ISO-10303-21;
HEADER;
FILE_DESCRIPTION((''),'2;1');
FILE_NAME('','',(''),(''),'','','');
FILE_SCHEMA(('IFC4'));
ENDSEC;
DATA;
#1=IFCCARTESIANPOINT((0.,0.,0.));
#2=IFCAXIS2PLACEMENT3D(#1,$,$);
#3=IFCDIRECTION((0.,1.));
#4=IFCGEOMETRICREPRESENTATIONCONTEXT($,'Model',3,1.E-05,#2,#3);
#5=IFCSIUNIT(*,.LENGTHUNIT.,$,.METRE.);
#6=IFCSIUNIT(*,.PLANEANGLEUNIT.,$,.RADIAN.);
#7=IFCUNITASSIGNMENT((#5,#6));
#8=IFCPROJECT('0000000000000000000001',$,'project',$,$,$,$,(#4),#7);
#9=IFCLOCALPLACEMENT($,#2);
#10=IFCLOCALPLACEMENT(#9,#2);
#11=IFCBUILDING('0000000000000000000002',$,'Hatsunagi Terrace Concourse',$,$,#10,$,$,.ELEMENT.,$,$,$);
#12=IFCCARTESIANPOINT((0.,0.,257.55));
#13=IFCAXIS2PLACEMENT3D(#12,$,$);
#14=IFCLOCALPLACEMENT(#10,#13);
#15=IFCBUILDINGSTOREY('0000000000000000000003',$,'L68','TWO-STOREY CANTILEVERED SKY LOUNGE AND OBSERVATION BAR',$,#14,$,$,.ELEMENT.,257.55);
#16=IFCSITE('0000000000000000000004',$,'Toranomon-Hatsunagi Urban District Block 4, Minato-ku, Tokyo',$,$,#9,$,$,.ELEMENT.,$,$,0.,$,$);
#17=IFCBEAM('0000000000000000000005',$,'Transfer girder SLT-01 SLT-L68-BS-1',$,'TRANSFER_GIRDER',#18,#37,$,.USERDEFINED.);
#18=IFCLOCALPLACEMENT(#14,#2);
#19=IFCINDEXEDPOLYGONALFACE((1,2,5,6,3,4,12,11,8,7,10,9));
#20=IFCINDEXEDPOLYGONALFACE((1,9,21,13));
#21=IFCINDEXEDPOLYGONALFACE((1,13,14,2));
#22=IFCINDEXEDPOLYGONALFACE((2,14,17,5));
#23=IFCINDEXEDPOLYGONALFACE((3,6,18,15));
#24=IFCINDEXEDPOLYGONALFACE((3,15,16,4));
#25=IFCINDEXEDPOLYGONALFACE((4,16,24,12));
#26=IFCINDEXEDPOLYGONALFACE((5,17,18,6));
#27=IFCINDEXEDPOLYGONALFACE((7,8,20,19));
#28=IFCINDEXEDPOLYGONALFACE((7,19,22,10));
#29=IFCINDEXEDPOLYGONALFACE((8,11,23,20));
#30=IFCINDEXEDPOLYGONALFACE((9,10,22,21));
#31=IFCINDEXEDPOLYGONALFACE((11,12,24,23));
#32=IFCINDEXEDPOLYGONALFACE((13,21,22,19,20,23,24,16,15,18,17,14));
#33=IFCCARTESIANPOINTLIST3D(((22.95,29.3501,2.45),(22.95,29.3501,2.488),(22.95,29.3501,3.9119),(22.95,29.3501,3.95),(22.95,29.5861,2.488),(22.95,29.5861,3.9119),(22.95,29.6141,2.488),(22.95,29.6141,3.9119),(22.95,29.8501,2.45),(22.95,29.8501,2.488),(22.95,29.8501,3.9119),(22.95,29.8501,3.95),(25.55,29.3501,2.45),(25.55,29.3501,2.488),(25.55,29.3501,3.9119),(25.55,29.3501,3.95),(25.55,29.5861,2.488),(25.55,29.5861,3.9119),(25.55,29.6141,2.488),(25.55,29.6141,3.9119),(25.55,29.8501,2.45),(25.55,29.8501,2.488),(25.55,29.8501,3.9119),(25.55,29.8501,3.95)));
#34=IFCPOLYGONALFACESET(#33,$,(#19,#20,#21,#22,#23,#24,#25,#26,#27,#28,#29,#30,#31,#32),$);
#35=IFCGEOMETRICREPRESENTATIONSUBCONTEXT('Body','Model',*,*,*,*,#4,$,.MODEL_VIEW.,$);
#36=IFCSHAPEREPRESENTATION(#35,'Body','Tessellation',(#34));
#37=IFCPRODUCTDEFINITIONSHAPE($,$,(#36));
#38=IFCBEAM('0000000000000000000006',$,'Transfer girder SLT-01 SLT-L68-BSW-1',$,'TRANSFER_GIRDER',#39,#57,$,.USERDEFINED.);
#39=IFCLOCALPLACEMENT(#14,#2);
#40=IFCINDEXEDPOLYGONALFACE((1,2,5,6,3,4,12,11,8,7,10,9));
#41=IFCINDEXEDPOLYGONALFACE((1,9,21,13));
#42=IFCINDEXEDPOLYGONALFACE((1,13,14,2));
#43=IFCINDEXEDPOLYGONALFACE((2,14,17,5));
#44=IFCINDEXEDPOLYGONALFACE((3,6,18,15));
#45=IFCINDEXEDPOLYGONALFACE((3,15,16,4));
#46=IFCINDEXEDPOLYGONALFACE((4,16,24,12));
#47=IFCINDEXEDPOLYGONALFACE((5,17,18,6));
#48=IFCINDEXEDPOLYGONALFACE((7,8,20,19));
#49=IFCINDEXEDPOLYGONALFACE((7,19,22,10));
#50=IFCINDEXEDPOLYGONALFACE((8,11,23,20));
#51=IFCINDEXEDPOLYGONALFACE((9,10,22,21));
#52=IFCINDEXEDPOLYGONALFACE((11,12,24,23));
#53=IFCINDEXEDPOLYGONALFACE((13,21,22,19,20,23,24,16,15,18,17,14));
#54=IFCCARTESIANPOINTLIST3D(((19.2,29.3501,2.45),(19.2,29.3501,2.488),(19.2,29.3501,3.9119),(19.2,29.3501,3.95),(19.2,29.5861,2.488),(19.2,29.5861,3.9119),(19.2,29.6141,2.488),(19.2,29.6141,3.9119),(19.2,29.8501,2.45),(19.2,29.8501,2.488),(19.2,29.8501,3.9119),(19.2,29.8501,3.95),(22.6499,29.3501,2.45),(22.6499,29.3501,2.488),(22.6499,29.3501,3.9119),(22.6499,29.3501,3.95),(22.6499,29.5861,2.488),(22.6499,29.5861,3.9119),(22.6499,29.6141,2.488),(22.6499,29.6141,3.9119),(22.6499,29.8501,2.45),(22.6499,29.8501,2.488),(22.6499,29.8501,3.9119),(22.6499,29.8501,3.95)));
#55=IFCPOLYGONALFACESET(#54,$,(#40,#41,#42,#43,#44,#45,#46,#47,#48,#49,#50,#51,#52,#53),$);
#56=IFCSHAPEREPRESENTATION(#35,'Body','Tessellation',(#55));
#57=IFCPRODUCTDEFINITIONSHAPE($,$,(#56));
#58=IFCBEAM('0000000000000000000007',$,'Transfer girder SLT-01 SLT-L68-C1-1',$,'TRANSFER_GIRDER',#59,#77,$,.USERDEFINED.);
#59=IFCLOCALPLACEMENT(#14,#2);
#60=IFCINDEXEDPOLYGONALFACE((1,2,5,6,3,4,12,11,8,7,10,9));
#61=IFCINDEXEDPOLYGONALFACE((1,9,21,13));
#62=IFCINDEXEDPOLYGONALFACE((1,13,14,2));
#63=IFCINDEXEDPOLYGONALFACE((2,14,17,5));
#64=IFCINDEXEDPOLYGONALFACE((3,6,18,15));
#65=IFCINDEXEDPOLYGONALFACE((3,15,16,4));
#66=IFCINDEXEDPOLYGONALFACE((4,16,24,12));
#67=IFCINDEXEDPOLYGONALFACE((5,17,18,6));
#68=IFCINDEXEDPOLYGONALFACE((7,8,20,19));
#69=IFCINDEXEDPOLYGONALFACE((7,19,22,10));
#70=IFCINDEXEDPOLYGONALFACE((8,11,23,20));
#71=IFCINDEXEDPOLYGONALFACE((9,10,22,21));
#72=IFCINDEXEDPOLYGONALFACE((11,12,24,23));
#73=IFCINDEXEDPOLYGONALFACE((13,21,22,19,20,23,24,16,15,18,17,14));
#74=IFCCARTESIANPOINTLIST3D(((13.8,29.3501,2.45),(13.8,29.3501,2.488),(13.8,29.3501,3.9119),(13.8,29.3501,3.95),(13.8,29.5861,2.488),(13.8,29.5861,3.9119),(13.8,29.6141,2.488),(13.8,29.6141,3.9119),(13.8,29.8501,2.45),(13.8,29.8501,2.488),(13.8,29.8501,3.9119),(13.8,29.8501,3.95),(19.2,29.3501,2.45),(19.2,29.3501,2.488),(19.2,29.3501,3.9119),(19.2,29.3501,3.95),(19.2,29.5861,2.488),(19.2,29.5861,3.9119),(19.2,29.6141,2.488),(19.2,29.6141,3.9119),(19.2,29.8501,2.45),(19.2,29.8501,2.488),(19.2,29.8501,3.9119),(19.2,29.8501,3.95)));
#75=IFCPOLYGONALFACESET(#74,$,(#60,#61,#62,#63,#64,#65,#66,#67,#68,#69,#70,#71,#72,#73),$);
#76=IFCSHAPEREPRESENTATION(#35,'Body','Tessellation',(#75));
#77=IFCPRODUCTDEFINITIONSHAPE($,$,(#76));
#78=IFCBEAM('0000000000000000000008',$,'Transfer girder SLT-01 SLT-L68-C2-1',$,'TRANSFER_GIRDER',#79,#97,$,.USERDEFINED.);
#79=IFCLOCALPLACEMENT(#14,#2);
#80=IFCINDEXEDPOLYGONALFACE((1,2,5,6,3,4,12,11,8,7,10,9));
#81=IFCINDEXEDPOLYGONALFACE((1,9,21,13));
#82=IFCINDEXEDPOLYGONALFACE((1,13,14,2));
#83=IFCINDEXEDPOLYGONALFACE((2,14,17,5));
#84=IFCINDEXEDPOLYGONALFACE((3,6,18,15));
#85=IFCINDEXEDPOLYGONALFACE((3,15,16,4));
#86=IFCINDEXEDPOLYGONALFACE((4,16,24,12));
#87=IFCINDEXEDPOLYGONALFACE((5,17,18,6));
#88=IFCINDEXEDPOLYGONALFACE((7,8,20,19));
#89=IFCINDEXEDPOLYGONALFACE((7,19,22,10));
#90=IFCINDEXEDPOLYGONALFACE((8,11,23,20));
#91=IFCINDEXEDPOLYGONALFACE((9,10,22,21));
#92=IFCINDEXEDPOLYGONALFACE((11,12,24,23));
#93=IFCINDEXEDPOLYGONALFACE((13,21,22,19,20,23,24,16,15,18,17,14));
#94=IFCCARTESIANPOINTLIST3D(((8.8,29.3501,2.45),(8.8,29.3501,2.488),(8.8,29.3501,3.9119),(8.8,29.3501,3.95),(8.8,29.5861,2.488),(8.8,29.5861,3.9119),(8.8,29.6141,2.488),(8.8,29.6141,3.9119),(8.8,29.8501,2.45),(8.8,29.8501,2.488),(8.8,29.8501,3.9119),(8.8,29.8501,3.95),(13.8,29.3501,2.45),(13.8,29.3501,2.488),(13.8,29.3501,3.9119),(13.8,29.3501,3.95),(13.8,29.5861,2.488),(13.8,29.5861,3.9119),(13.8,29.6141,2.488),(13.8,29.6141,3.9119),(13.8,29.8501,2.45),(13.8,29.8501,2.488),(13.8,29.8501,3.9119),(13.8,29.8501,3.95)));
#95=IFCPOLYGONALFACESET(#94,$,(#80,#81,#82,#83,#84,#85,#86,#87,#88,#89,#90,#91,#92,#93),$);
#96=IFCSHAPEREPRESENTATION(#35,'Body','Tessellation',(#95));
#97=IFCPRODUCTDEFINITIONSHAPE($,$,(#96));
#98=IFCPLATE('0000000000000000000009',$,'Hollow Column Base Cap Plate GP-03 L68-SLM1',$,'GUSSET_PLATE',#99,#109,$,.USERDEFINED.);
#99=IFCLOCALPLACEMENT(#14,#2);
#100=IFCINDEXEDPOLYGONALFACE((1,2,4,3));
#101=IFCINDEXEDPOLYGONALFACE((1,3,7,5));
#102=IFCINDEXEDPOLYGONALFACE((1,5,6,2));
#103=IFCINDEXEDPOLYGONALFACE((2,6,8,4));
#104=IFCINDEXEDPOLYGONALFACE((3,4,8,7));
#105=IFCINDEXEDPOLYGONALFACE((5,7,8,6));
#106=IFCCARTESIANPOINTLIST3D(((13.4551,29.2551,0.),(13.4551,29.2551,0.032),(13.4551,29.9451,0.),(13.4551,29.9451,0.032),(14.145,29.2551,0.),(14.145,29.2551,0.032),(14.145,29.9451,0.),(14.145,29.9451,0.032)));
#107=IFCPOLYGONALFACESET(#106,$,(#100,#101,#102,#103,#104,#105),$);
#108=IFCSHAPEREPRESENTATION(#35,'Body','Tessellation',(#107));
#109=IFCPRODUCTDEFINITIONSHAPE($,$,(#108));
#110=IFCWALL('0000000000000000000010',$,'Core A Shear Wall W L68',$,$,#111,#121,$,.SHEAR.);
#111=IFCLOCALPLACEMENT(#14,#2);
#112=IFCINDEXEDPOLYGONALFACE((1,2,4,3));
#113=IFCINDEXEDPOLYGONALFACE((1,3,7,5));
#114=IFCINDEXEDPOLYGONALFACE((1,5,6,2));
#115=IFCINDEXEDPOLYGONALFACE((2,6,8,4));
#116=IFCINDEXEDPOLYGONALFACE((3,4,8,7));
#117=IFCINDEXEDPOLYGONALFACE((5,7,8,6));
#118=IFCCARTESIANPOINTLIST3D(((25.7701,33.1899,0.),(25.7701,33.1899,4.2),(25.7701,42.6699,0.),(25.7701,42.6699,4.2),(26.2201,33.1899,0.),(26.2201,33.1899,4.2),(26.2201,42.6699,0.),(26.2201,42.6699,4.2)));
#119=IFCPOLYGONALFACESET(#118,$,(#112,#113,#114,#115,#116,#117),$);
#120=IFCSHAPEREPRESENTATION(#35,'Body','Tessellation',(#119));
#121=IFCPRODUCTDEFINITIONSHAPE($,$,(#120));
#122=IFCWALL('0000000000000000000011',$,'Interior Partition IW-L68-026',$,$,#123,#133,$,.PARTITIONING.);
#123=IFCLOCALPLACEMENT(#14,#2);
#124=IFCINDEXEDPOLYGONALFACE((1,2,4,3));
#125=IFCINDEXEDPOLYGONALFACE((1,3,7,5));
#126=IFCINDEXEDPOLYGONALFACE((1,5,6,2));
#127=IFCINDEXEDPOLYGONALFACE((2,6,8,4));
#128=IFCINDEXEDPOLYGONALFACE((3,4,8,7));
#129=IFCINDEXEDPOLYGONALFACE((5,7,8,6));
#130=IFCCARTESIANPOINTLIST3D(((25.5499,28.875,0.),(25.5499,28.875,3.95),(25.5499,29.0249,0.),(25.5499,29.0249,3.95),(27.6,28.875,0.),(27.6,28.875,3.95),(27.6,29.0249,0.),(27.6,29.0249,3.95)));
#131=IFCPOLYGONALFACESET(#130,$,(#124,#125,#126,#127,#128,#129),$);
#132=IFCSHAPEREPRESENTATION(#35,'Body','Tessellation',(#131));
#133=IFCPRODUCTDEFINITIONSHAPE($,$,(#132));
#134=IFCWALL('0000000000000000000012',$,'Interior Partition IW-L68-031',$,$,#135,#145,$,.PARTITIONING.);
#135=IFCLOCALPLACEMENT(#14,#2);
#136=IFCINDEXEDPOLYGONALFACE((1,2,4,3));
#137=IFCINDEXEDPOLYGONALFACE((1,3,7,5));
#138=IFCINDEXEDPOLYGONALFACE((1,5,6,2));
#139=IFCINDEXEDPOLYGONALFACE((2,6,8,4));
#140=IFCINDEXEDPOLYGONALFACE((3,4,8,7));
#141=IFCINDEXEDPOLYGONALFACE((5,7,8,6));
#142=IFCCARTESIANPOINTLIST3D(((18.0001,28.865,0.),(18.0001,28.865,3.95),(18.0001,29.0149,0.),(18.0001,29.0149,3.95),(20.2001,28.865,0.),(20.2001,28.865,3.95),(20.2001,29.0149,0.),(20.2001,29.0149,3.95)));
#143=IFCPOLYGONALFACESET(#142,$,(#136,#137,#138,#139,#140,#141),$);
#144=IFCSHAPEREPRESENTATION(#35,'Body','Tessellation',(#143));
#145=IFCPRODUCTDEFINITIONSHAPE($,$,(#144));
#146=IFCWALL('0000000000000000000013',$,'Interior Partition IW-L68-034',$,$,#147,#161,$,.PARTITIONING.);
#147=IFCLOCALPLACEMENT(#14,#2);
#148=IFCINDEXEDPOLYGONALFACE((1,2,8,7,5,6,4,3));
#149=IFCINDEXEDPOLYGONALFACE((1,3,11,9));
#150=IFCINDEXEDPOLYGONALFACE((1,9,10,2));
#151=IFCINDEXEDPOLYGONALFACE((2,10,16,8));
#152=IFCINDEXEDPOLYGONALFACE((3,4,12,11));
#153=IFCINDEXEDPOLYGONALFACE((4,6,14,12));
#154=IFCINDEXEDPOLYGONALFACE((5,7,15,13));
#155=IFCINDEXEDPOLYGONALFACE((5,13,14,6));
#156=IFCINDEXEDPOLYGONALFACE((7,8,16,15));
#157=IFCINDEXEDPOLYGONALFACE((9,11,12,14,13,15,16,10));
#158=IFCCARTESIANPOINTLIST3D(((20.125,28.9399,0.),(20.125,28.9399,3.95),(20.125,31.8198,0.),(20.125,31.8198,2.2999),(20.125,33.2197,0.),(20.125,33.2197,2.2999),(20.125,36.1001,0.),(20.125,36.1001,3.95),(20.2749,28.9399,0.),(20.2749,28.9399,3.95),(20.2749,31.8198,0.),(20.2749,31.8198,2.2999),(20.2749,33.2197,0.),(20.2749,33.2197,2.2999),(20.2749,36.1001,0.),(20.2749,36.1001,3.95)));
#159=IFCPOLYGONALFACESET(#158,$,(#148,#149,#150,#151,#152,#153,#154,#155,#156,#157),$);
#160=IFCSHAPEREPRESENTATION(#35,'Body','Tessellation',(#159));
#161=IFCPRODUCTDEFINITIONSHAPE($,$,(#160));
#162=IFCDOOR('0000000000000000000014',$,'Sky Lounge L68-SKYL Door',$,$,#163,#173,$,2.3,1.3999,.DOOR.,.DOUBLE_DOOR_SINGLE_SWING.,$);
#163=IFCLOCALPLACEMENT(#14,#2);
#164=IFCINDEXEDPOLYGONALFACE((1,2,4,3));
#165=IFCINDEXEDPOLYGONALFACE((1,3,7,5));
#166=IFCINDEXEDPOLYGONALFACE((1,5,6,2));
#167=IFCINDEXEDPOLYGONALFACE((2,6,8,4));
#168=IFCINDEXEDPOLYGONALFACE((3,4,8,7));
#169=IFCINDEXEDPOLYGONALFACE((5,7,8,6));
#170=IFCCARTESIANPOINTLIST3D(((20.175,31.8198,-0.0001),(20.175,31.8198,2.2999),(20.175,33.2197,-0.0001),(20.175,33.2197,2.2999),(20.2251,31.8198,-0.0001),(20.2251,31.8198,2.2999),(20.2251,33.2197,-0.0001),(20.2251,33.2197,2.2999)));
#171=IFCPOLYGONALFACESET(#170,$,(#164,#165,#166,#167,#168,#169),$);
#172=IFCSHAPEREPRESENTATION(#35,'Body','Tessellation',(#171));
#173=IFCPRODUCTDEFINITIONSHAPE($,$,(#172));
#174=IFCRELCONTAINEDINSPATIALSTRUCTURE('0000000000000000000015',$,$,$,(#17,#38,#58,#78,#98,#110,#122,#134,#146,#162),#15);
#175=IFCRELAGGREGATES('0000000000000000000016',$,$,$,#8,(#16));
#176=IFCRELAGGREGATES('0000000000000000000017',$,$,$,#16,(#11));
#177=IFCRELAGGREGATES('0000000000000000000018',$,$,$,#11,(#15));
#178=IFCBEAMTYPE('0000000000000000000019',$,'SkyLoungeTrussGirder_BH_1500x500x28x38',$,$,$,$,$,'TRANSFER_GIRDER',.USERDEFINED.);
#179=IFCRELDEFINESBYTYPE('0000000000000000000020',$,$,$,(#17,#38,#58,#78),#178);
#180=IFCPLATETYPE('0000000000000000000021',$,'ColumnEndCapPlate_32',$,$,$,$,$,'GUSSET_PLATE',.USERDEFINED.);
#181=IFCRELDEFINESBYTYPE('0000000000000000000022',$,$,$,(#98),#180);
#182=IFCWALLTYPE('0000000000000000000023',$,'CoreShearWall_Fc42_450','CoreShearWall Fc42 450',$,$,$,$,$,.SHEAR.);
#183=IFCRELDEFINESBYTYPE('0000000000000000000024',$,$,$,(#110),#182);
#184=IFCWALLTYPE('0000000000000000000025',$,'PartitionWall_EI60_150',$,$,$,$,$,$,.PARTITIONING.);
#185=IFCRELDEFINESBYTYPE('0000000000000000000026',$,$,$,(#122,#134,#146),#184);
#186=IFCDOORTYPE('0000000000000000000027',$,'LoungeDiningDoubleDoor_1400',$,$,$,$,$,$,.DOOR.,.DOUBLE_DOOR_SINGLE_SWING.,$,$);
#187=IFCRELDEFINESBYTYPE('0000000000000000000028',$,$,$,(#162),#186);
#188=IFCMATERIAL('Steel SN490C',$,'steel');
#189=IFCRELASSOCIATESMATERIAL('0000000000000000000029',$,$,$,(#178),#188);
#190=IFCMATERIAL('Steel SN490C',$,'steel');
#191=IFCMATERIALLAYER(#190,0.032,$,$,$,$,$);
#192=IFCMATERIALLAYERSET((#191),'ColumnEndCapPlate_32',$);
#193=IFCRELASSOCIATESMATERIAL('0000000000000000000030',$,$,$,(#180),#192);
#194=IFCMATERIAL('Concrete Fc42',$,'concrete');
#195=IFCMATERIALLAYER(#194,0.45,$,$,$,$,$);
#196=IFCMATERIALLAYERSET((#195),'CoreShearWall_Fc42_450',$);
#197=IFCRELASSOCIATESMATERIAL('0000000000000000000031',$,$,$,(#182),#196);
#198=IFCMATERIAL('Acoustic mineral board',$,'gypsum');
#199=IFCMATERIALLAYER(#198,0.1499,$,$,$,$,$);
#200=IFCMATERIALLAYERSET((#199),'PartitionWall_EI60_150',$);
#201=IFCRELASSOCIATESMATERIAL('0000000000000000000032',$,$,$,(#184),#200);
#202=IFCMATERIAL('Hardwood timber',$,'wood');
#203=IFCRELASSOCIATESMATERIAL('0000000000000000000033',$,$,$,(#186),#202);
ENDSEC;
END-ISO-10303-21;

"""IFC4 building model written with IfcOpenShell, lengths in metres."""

from ifc_helpers import new_model, si_unit, direction, frame, frame_2d, origin, origin_2d, place, context, subcontext, project, spatial, rectangle, i_section, extrude, material, layer, layer_set, material_profile, profile_set, type_object, element, fill, save


model = new_model("IFC4")

# Units and contexts
model_context = context("Model", 3, precision=1e-05, world=origin(), true_north=direction((0.0, 1.0)))
body_context = subcontext(model_context, "Body", "Model", "MODEL_VIEW")
ifc_project = project(units=[si_unit("LENGTHUNIT", "METRE"), si_unit("PLANEANGLEUNIT", "RADIAN")], contexts=[model_context])

# Site, building, storey
site_placement = place(None, origin())
site = spatial("IfcSite", under=ifc_project, at=site_placement, Name="Toranomon-Hatsunagi Urban District Block 4, Minato-ku, Tokyo", CompositionType="ELEMENT", RefElevation=0.0)
building_placement = place(site_placement, origin())
building = spatial("IfcBuilding", under=site, at=building_placement, Name="Hatsunagi Terrace Concourse", CompositionType="ELEMENT")
storey_placement = place(building_placement, frame((0.0, 0.0, 257.55)))
storey = spatial("IfcBuildingStorey", under=building, at=storey_placement, Name="L68", Description="TWO-STOREY CANTILEVERED SKY LOUNGE AND OBSERVATION BAR", CompositionType="ELEMENT", Elevation=257.55)

# Beams
ifc_material_1 = material(Name="Steel SN490C", Category="steel")
ifc_material_profile_1 = material_profile(ifc_material_1, i_section(OverallWidth=0.5, OverallDepth=1.5, WebThickness=0.0281, FlangeThickness=0.0381, at=origin_2d()), Name="BH-1500x500x28x38")
ifc_profile_set_1 = profile_set([ifc_material_profile_1], Name="Steel SN490C")
beam_type_1 = type_object("IfcBeamType", Name="SkyLoungeTrussGirder_BH_1500x500x28x38", ElementType="TRANSFER_GIRDER", PredefinedType="USERDEFINED", material=ifc_profile_set_1)
beam_1_placement = place(storey_placement, frame((25.55, 29.6001, 3.2), z_axis=(-1.0, 0.0, 0.0), x_axis=(0.0, -1.0, 0.0)))
element("IfcBeam", 1, at=beam_1_placement, inside=storey, type_object=beam_type_1, Name="Transfer girder SLT-01 SLT-L68-BS-1", ObjectType="TRANSFER_GIRDER", PredefinedType="USERDEFINED", context=body_context, shape_type="SweptSolid", body=[
    extrude(i_section(OverallWidth=0.5, OverallDepth=1.5, WebThickness=0.0281, FlangeThickness=0.0381, at=origin_2d()), origin(), (0.0, 0.0, 1.0), 2.6001),
])
beam_2_placement = place(storey_placement, frame((22.6499, 29.6001, 3.2), z_axis=(-1.0, 0.0, 0.0), x_axis=(0.0, -1.0, 0.0)))
element("IfcBeam", 2, at=beam_2_placement, inside=storey, type_object=beam_type_1, Name="Transfer girder SLT-01 SLT-L68-BSW-1", ObjectType="TRANSFER_GIRDER", PredefinedType="USERDEFINED", context=body_context, shape_type="SweptSolid", body=[
    extrude(i_section(OverallWidth=0.5, OverallDepth=1.5, WebThickness=0.0281, FlangeThickness=0.0381, at=origin_2d()), origin(), (0.0, 0.0, 1.0), 3.45),
])
beam_3_placement = place(storey_placement, frame((19.2, 29.6001, 3.2), z_axis=(-1.0, 0.0, 0.0), x_axis=(0.0, -1.0, 0.0)))
element("IfcBeam", 3, at=beam_3_placement, inside=storey, type_object=beam_type_1, Name="Transfer girder SLT-01 SLT-L68-C1-1", ObjectType="TRANSFER_GIRDER", PredefinedType="USERDEFINED", context=body_context, shape_type="SweptSolid", body=[
    extrude(i_section(OverallWidth=0.5, OverallDepth=1.5, WebThickness=0.0281, FlangeThickness=0.0381, at=origin_2d()), origin(), (0.0, 0.0, 1.0), 5.3999),
])
beam_4_placement = place(storey_placement, frame((13.8, 29.6001, 3.2), z_axis=(-1.0, 0.0, 0.0), x_axis=(0.0, -1.0, 0.0)))
element("IfcBeam", 4, at=beam_4_placement, inside=storey, type_object=beam_type_1, Name="Transfer girder SLT-01 SLT-L68-C2-1", ObjectType="TRANSFER_GIRDER", PredefinedType="USERDEFINED", context=body_context, shape_type="SweptSolid", body=[
    extrude(i_section(OverallWidth=0.5, OverallDepth=1.5, WebThickness=0.0281, FlangeThickness=0.0381, at=origin_2d()), origin(), (0.0, 0.0, 1.0), 5.0),
])

# Plate
ifc_material_2 = material(Name="Steel SN490C", Category="steel")
ifc_layer_1 = layer(ifc_material_2, 0.032)
ifc_layer_set_1 = layer_set([ifc_layer_1], Name="ColumnEndCapPlate_32")
plate_type = type_object("IfcPlateType", Name="ColumnEndCapPlate_32", ElementType="GUSSET_PLATE", PredefinedType="USERDEFINED", material=ifc_layer_set_1)
plate_placement = place(storey_placement, frame((13.8, 29.6001, 0.0), z_axis=(0.0, 0.0, 1.0), x_axis=(1.0, 0.0, 0.0)))
element("IfcPlate", 5, at=plate_placement, inside=storey, type_object=plate_type, Name="Hollow Column Base Cap Plate GP-03 L68-SLM1", ObjectType="GUSSET_PLATE", PredefinedType="USERDEFINED", context=body_context, shape_type="SweptSolid", body=[
    extrude(rectangle(XDim=0.6899, YDim=0.6899, at=origin_2d()), origin(), (0.0, 0.0, 1.0), 0.032),
])

# Shared definitions
ifc_material_3 = material(Name="Concrete Fc42", Category="concrete")
ifc_layer_2 = layer(ifc_material_3, 0.45)
ifc_layer_set_2 = layer_set([ifc_layer_2], Name="CoreShearWall_Fc42_450")
wall_type_1 = type_object("IfcWallType", Name="CoreShearWall_Fc42_450", Description="CoreShearWall Fc42 450", PredefinedType="SHEAR", material=ifc_layer_set_2)

# Walls
wall_1_placement = place(storey_placement, frame((25.9951, 33.1899, 0.0), z_axis=(0.0, 0.0, 1.0), x_axis=(0.0, 1.0, 0.0)))
element("IfcWall", 6, at=wall_1_placement, inside=storey, type_object=wall_type_1, Name="Core A Shear Wall W L68", PredefinedType="SHEAR", context=body_context, shape_type="SweptSolid", body=[
    extrude(rectangle(XDim=9.48, YDim=0.45, at=frame_2d((4.74, 0.0))), origin(), (0.0, 0.0, 1.0), 4.2),
])
ifc_material_4 = material(Name="Acoustic mineral board", Category="gypsum")
ifc_layer_3 = layer(ifc_material_4, 0.1499)
ifc_layer_set_3 = layer_set([ifc_layer_3], Name="PartitionWall_EI60_150")
wall_type_2 = type_object("IfcWallType", Name="PartitionWall_EI60_150", PredefinedType="PARTITIONING", material=ifc_layer_set_3)
wall_2_placement = place(storey_placement, frame((25.55, 28.95, 0.0), z_axis=(0.0, 0.0, 1.0), x_axis=(1.0, 0.0, 0.0)))
element("IfcWall", 7, at=wall_2_placement, inside=storey, type_object=wall_type_2, Name="Interior Partition IW-L68-026", PredefinedType="PARTITIONING", context=body_context, shape_type="SweptSolid", body=[
    extrude(rectangle(XDim=2.05, YDim=0.1499, at=frame_2d((1.0249, 0.0))), origin(), (0.0, 0.0, 1.0), 3.95),
])
wall_3_placement = place(storey_placement, frame((18.0, 28.9399, 0.0), z_axis=(0.0, 0.0, 1.0), x_axis=(1.0, 0.0, 0.0)))
element("IfcWall", 8, at=wall_3_placement, inside=storey, type_object=wall_type_2, Name="Interior Partition IW-L68-031", PredefinedType="PARTITIONING", context=body_context, shape_type="SweptSolid", body=[
    extrude(rectangle(XDim=2.2, YDim=0.1499, at=frame_2d((1.1001, 0.0))), origin(), (0.0, 0.0, 1.0), 3.95),
])

# Wall, opening, door
wall_4_placement = place(storey_placement, frame((20.2, 28.9399, 0.0), z_axis=(0.0, 0.0, 1.0), x_axis=(0.0, 1.0, 0.0)))
wall_4 = element("IfcWall", 9, at=wall_4_placement, inside=storey, type_object=wall_type_2, Name="Interior Partition IW-L68-034", PredefinedType="PARTITIONING", context=body_context, shape_type="SweptSolid", body=[
    extrude(rectangle(XDim=7.1602, YDim=0.1499, at=frame_2d((3.5801, 0.0))), origin(), (0.0, 0.0, 1.0), 3.95),
])
opening_1_placement = place(wall_4_placement, frame((2.8799, 0.0, 0.0)))
opening_1 = element("IfcOpeningElement", 10, at=opening_1_placement, cuts=wall_4, PredefinedType="OPENING", context=body_context, shape_type="SweptSolid", body=[
    extrude(rectangle(XDim=1.3999, YDim=2.3, at=frame_2d((0.7, 1.1499))), frame((0.0, 0.085, 0.0), z_axis=(0.0, -1.0, 0.0), x_axis=(1.0, 0.0, 0.0)), (0.0, 0.0, 1.0), 0.1699),
])
ifc_material_5 = material(Name="Hardwood timber", Category="wood")
door_type_1 = type_object("IfcDoorType", Name="LoungeDiningDoubleDoor_1400", OperationType="DOUBLE_DOOR_SINGLE_SWING", PredefinedType="DOOR", material=ifc_material_5)
door_1_placement = place(opening_1_placement, origin())
door_1 = element("IfcDoor", 11, at=door_1_placement, inside=storey, type_object=door_type_1, Name="Sky Lounge L68-SKYL Door", OperationType="DOUBLE_DOOR_SINGLE_SWING", OverallHeight=2.3, OverallWidth=1.3999, PredefinedType="DOOR", context=body_context, shape_type="SweptSolid", body=[
    extrude(rectangle(XDim=1.3999, YDim=2.3, at=frame_2d((0.7, 1.1499))), frame((0.0, 0.0249, 0.0), z_axis=(0.0, -1.0, 0.0), x_axis=(1.0, 0.0, 0.0)), (0.0, 0.0, 1.0), 0.05),
])
fill(opening_1, door_1)

save(model, "model.ifc")
